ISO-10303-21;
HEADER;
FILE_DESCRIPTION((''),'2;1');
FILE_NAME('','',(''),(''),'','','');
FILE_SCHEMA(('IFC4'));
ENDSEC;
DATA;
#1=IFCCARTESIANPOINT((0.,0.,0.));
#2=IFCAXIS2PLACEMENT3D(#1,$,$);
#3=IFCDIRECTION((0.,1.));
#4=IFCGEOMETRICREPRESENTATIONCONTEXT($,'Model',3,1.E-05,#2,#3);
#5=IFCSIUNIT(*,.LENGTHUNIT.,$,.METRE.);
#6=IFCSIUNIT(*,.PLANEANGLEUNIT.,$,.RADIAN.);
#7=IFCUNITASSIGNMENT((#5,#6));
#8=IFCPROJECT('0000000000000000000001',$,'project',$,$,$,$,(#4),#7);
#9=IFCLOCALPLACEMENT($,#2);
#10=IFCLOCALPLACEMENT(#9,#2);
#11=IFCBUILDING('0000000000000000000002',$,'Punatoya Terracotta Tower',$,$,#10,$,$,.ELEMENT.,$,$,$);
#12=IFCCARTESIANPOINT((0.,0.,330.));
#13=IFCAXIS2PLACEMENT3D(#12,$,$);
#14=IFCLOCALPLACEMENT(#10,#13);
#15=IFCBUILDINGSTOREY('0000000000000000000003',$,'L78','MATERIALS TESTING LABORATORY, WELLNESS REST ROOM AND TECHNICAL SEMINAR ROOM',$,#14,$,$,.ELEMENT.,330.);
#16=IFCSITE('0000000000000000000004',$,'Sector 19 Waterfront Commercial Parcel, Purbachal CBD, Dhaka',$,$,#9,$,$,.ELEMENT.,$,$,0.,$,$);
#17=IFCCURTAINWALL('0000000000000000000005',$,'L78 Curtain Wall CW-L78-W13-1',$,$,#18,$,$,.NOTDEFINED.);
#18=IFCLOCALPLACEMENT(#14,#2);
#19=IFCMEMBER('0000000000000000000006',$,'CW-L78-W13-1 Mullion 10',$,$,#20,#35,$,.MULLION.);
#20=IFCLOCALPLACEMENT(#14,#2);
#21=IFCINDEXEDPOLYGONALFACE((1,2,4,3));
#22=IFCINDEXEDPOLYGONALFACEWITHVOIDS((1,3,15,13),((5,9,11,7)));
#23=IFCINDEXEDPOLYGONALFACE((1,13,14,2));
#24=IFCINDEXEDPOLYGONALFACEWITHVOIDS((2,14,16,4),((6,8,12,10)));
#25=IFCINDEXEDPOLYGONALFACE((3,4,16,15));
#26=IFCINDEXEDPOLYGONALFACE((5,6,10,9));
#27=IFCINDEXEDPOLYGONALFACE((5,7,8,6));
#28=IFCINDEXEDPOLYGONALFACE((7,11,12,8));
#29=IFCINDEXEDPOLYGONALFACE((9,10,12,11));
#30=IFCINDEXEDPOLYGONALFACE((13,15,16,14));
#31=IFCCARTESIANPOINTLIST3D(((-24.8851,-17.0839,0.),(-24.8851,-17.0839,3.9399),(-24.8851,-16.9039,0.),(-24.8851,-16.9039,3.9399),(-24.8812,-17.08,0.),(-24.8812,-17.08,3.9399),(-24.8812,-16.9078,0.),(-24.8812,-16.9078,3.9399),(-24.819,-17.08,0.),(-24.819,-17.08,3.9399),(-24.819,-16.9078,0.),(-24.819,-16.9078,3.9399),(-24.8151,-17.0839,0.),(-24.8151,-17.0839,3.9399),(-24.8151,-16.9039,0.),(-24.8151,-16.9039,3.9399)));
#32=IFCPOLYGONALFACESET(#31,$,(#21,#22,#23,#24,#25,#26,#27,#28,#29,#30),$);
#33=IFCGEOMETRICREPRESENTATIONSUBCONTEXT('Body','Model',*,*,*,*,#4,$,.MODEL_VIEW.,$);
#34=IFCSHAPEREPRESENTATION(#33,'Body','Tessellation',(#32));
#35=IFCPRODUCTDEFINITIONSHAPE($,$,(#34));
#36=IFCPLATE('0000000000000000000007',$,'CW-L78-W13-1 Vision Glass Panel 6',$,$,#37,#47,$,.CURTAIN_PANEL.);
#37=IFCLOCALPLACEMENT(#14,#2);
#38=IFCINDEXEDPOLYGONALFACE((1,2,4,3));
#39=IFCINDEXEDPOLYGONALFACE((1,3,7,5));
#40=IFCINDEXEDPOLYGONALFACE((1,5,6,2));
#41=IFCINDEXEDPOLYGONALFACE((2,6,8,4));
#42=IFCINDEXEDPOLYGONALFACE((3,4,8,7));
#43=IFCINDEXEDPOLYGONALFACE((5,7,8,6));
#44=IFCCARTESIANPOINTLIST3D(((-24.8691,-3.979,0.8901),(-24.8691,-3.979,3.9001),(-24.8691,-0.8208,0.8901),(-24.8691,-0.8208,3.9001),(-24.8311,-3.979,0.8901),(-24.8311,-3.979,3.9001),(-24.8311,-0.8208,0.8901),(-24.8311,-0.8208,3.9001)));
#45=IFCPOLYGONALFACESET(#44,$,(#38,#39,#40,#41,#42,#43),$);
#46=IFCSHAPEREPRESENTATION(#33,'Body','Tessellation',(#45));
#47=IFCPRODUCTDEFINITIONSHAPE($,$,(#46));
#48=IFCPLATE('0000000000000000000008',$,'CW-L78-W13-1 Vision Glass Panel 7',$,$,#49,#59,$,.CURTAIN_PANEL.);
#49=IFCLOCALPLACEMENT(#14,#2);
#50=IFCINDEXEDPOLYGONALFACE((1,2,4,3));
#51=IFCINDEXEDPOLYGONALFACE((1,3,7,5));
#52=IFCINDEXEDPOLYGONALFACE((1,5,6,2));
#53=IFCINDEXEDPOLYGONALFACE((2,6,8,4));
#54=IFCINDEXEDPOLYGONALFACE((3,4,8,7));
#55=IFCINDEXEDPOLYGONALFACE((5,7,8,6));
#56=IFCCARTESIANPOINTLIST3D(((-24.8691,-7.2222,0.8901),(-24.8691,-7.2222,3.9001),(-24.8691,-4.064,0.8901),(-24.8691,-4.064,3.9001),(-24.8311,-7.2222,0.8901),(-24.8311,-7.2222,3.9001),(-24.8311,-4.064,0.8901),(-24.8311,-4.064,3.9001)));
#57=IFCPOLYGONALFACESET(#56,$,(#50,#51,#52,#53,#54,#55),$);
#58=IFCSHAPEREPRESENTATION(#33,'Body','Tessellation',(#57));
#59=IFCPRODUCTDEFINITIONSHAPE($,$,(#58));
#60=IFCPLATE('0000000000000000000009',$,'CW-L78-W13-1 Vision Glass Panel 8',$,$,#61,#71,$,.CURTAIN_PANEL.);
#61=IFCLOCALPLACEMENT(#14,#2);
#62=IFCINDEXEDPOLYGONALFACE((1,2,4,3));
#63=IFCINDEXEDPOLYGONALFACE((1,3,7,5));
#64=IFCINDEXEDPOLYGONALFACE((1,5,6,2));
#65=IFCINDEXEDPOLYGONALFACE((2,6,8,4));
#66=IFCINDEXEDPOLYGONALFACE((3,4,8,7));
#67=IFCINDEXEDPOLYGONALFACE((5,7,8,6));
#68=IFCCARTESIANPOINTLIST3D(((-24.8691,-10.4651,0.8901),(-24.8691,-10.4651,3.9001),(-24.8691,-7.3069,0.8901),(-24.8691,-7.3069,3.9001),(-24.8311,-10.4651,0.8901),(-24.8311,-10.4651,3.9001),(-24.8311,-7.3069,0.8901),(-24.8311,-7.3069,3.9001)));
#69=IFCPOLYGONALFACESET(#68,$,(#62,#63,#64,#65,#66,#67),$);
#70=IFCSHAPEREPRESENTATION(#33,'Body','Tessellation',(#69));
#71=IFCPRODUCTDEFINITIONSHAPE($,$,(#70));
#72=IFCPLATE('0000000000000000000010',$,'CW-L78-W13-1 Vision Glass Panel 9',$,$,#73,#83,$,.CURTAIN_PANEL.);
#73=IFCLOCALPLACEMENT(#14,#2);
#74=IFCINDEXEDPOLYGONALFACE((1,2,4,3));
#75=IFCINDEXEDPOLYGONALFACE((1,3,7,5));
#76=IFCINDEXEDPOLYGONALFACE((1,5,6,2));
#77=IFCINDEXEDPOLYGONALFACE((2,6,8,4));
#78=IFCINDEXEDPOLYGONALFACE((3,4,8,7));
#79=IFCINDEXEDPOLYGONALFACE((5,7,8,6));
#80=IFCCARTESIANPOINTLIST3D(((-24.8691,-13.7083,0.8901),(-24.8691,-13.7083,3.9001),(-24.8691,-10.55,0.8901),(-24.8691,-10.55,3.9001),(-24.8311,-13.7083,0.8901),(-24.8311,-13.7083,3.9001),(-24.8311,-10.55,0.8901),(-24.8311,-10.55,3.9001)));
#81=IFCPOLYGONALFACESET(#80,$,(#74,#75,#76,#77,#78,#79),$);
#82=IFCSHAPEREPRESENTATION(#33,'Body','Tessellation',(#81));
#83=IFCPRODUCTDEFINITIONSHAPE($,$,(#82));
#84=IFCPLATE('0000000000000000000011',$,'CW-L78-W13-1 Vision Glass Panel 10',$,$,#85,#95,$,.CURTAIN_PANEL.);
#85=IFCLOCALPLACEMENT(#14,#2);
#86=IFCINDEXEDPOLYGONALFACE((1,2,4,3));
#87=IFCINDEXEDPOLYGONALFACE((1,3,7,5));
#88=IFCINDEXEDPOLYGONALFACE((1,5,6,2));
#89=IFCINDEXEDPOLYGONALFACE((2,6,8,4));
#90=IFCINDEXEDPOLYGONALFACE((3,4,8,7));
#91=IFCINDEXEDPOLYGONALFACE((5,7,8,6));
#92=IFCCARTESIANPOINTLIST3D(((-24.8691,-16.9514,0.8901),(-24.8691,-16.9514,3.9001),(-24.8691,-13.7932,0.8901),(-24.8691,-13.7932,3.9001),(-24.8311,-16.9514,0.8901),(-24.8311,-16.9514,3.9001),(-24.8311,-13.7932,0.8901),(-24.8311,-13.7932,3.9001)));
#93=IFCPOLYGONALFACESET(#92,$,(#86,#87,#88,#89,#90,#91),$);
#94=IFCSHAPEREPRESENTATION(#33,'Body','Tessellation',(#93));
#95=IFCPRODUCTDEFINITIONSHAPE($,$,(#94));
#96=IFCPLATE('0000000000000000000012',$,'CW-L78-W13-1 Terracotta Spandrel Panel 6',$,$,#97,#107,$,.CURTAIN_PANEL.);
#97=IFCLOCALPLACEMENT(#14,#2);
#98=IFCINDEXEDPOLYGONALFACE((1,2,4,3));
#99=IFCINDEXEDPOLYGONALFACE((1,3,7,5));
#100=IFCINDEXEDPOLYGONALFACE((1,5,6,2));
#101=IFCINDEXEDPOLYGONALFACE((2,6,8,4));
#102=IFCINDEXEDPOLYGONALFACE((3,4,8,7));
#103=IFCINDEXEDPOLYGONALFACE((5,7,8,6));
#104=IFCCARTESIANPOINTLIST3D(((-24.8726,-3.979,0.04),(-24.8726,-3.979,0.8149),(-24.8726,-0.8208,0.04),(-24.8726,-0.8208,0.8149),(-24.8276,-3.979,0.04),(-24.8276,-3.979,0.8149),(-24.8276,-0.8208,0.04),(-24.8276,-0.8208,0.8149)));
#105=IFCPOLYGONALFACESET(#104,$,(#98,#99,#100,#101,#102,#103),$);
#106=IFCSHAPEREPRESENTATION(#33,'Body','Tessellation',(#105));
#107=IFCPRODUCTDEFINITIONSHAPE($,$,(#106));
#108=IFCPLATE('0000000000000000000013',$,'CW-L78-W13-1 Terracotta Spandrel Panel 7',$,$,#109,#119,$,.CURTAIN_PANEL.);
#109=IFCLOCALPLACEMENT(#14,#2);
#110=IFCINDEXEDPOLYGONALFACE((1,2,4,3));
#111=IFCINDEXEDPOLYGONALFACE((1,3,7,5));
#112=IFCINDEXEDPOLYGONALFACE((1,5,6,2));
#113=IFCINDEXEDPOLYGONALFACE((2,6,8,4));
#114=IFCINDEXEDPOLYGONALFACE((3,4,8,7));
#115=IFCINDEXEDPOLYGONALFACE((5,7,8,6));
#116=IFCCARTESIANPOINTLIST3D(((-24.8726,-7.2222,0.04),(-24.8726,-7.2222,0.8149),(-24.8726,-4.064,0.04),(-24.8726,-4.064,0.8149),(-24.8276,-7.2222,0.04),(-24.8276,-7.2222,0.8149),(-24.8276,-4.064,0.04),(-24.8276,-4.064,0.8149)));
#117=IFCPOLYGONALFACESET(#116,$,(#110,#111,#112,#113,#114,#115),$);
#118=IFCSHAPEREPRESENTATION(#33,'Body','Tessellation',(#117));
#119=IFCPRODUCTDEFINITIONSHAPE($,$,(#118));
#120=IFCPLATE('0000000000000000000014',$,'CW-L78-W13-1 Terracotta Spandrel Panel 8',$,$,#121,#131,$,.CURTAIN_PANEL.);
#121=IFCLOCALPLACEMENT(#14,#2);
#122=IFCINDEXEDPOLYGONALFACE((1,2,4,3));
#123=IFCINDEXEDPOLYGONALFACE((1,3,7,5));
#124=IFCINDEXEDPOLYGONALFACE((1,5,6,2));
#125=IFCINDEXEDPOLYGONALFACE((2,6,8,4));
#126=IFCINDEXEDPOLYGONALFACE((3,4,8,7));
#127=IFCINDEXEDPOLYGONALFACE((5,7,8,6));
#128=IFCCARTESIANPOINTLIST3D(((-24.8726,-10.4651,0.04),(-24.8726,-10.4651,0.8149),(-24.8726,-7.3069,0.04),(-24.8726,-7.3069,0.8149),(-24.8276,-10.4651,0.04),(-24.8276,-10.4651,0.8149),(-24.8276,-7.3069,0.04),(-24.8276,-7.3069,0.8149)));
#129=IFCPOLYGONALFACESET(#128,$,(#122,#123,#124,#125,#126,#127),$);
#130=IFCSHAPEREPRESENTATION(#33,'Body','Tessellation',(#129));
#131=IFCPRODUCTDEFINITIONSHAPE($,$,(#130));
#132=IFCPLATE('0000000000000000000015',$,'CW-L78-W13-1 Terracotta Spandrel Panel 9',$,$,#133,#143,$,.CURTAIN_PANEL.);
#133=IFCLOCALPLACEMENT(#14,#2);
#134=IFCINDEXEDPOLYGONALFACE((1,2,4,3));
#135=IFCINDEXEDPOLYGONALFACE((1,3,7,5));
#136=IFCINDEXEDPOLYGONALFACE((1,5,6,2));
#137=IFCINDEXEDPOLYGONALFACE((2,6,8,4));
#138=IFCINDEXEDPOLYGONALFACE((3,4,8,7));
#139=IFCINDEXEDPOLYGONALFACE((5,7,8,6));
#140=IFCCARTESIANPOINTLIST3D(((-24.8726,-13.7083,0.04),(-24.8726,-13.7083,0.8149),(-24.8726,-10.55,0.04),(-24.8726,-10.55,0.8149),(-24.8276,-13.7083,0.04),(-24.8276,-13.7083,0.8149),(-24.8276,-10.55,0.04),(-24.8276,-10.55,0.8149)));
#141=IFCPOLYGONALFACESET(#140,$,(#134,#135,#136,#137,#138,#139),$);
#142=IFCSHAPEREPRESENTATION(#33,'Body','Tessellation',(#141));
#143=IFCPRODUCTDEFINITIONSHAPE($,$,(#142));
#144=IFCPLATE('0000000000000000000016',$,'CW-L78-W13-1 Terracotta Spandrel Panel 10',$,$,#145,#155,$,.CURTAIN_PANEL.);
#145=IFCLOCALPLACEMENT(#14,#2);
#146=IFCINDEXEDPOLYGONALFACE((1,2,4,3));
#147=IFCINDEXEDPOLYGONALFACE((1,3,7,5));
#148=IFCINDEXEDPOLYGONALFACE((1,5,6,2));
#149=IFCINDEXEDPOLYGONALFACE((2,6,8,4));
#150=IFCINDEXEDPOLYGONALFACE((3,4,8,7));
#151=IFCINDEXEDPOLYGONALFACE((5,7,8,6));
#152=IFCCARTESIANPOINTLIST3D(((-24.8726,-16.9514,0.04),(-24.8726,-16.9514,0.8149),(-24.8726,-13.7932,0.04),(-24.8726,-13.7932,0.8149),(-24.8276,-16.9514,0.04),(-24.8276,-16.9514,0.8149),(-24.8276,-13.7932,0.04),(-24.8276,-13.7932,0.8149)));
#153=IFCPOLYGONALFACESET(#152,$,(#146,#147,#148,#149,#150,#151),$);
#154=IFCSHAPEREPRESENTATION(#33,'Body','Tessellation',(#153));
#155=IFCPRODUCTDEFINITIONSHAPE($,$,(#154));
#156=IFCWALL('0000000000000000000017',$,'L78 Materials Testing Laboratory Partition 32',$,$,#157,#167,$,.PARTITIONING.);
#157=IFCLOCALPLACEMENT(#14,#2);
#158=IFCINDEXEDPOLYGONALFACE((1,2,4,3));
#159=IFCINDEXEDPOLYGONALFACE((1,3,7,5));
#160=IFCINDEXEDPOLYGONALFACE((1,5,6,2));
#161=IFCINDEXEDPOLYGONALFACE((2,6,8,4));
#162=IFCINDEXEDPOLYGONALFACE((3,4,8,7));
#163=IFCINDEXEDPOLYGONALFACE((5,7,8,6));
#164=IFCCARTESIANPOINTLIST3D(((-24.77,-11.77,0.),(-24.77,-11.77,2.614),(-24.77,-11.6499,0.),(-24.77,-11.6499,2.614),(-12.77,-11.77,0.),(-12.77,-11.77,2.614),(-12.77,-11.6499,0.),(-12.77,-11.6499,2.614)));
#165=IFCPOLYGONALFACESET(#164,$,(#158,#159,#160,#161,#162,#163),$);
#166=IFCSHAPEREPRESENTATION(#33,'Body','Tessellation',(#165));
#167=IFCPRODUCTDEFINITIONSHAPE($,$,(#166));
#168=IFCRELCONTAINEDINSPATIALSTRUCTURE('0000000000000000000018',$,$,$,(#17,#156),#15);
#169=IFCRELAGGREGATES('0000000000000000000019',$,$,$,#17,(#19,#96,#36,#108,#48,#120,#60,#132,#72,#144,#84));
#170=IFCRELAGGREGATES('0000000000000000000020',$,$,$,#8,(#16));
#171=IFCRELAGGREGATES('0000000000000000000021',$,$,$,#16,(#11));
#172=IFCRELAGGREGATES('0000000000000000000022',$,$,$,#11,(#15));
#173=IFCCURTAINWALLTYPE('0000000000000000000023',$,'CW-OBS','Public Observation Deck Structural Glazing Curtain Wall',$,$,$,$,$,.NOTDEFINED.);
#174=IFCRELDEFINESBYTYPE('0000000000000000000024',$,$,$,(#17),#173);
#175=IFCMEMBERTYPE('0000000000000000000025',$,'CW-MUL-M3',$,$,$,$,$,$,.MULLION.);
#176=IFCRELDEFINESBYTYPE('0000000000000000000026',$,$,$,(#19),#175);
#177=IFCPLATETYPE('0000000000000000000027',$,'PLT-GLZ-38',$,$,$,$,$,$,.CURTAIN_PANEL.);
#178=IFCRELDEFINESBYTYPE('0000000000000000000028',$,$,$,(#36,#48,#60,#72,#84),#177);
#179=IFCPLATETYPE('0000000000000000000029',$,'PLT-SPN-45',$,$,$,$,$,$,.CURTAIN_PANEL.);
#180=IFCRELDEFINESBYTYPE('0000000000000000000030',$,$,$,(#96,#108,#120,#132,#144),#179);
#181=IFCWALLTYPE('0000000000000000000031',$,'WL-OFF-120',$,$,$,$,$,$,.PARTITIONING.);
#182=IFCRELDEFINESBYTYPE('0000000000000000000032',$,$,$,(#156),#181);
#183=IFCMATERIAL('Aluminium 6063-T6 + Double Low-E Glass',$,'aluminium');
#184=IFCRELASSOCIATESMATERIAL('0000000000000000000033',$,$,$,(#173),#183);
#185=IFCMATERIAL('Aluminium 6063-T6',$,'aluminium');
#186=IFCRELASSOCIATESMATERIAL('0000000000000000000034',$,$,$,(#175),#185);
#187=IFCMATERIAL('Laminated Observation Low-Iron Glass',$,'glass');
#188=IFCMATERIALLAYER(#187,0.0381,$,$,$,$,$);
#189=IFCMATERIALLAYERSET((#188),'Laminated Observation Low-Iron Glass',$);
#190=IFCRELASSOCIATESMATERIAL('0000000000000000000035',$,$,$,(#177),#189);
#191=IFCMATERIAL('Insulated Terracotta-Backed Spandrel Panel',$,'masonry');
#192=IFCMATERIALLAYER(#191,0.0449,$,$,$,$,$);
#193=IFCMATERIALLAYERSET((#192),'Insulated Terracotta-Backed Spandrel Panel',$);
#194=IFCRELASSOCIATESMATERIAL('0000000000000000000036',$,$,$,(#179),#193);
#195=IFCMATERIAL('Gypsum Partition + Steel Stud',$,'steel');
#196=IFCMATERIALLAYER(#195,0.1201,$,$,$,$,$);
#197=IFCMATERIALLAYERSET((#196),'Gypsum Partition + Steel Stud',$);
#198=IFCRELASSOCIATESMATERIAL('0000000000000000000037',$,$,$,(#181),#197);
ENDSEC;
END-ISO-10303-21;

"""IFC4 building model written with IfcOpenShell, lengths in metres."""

from ifc_helpers import new_model, si_unit, direction, frame, frame_2d, origin, origin_2d, place, context, subcontext, project, spatial, rectangle, hollow_rectangle, extrude, material, layer, layer_set, material_profile, profile_set, type_object, element, aggregate, save


model = new_model("IFC4")

# Units and contexts
model_context = context("Model", 3, precision=1e-05, world=origin(), true_north=direction((0.0, 1.0)))
body_context = subcontext(model_context, "Body", "Model", "MODEL_VIEW")
ifc_project = project(units=[si_unit("LENGTHUNIT", "METRE"), si_unit("PLANEANGLEUNIT", "RADIAN")], contexts=[model_context])

# Site, building, storey
site_placement = place(None, origin())
site = spatial("IfcSite", under=ifc_project, at=site_placement, Name="Sector 19 Waterfront Commercial Parcel, Purbachal CBD, Dhaka", CompositionType="ELEMENT", RefElevation=0.0)
building_placement = place(site_placement, origin())
building = spatial("IfcBuilding", under=site, at=building_placement, Name="Punatoya Terracotta Tower", CompositionType="ELEMENT")
storey_placement = place(building_placement, frame((0.0, 0.0, 330.0)))
storey = spatial("IfcBuildingStorey", under=building, at=storey_placement, Name="L78", Description="MATERIALS TESTING LABORATORY, WELLNESS REST ROOM AND TECHNICAL SEMINAR ROOM", CompositionType="ELEMENT", Elevation=330.0)

# Curtain wall, member, plates
ifc_material_1 = material(Name="Aluminium 6063-T6 + Double Low-E Glass", Category="aluminium")
curtain_wall_type = type_object("IfcCurtainWallType", Name="CW-OBS", Description="Public Observation Deck Structural Glazing Curtain Wall", PredefinedType="NOTDEFINED", material=ifc_material_1)
curtain_wall_placement = place(storey_placement, origin())
curtain_wall = element("IfcCurtainWall", 1, at=curtain_wall_placement, inside=storey, type_object=curtain_wall_type, Name="L78 Curtain Wall CW-L78-W13-1", PredefinedType="NOTDEFINED")
ifc_material_2 = material(Name="Aluminium 6063-T6", Category="aluminium")
ifc_material_profile_1 = material_profile(ifc_material_2, hollow_rectangle(XDim=0.0701, YDim=0.1799, WallThickness=0.0039, at=origin_2d()))
ifc_profile_set_1 = profile_set([ifc_material_profile_1], Name="Aluminium 6063-T6")
member_type = type_object("IfcMemberType", Name="CW-MUL-M3", PredefinedType="MULLION", material=ifc_profile_set_1)
member_1_placement = place(storey_placement, frame((-24.8501, -16.9939, 0.0), z_axis=(0.0, 0.0, 1.0), x_axis=(1.0, 0.0, 0.0)))
member_1 = element("IfcMember", 2, at=member_1_placement, type_object=member_type, Name="CW-L78-W13-1 Mullion 10", PredefinedType="MULLION", context=body_context, shape_type="SweptSolid", body=[
    extrude(hollow_rectangle(XDim=0.0701, YDim=0.1799, WallThickness=0.0039, at=origin_2d()), origin(), (0.0, 0.0, 1.0), 3.9399),
])
ifc_material_3 = material(Name="Laminated Observation Low-Iron Glass", Category="glass")
ifc_layer_1 = layer(ifc_material_3, 0.0381)
ifc_layer_set_1 = layer_set([ifc_layer_1], Name="Laminated Observation Low-Iron Glass")
plate_type_1 = type_object("IfcPlateType", Name="PLT-GLZ-38", PredefinedType="CURTAIN_PANEL", material=ifc_layer_set_1)
plate_1_placement = place(storey_placement, frame((-24.8501, -2.3999, 0.8901), z_axis=(0.0, 0.0, 1.0), x_axis=(0.0, -1.0, 0.0)))
plate_1 = element("IfcPlate", 3, at=plate_1_placement, type_object=plate_type_1, Name="CW-L78-W13-1 Vision Glass Panel 6", PredefinedType="CURTAIN_PANEL", context=body_context, shape_type="SweptSolid", body=[
    extrude(rectangle(XDim=3.1582, YDim=0.0381, at=origin_2d()), origin(), (0.0, 0.0, 1.0), 3.01),
])
plate_2_placement = place(storey_placement, frame((-24.8501, -5.6431, 0.8901), z_axis=(0.0, 0.0, 1.0), x_axis=(0.0, -1.0, 0.0)))
plate_2 = element("IfcPlate", 4, at=plate_2_placement, type_object=plate_type_1, Name="CW-L78-W13-1 Vision Glass Panel 7", PredefinedType="CURTAIN_PANEL", context=body_context, shape_type="SweptSolid", body=[
    extrude(rectangle(XDim=3.1582, YDim=0.0381, at=origin_2d()), origin(), (0.0, 0.0, 1.0), 3.01),
])
plate_3_placement = place(storey_placement, frame((-24.8501, -8.886, 0.8901), z_axis=(0.0, 0.0, 1.0), x_axis=(0.0, -1.0, 0.0)))
plate_3 = element("IfcPlate", 5, at=plate_3_placement, type_object=plate_type_1, Name="CW-L78-W13-1 Vision Glass Panel 8", PredefinedType="CURTAIN_PANEL", context=body_context, shape_type="SweptSolid", body=[
    extrude(rectangle(XDim=3.1582, YDim=0.0381, at=origin_2d()), origin(), (0.0, 0.0, 1.0), 3.01),
])
plate_4_placement = place(storey_placement, frame((-24.8501, -12.1292, 0.8901), z_axis=(0.0, 0.0, 1.0), x_axis=(0.0, -1.0, 0.0)))
plate_4 = element("IfcPlate", 6, at=plate_4_placement, type_object=plate_type_1, Name="CW-L78-W13-1 Vision Glass Panel 9", PredefinedType="CURTAIN_PANEL", context=body_context, shape_type="SweptSolid", body=[
    extrude(rectangle(XDim=3.1582, YDim=0.0381, at=origin_2d()), origin(), (0.0, 0.0, 1.0), 3.01),
])
plate_5_placement = place(storey_placement, frame((-24.8501, -15.3723, 0.8901), z_axis=(0.0, 0.0, 1.0), x_axis=(0.0, -1.0, 0.0)))
plate_5 = element("IfcPlate", 7, at=plate_5_placement, type_object=plate_type_1, Name="CW-L78-W13-1 Vision Glass Panel 10", PredefinedType="CURTAIN_PANEL", context=body_context, shape_type="SweptSolid", body=[
    extrude(rectangle(XDim=3.1582, YDim=0.0381, at=origin_2d()), origin(), (0.0, 0.0, 1.0), 3.01),
])
ifc_material_4 = material(Name="Insulated Terracotta-Backed Spandrel Panel", Category="masonry")
ifc_layer_2 = layer(ifc_material_4, 0.0449)
ifc_layer_set_2 = layer_set([ifc_layer_2], Name="Insulated Terracotta-Backed Spandrel Panel")
plate_type_2 = type_object("IfcPlateType", Name="PLT-SPN-45", PredefinedType="CURTAIN_PANEL", material=ifc_layer_set_2)
plate_6_placement = place(storey_placement, frame((-24.8501, -2.3999, 0.04), z_axis=(0.0, 0.0, 1.0), x_axis=(0.0, -1.0, 0.0)))
plate_6 = element("IfcPlate", 8, at=plate_6_placement, type_object=plate_type_2, Name="CW-L78-W13-1 Terracotta Spandrel Panel 6", PredefinedType="CURTAIN_PANEL", context=body_context, shape_type="SweptSolid", body=[
    extrude(rectangle(XDim=3.1582, YDim=0.0449, at=origin_2d()), origin(), (0.0, 0.0, 1.0), 0.7749),
])
plate_7_placement = place(storey_placement, frame((-24.8501, -5.6431, 0.04), z_axis=(0.0, 0.0, 1.0), x_axis=(0.0, -1.0, 0.0)))
plate_7 = element("IfcPlate", 9, at=plate_7_placement, type_object=plate_type_2, Name="CW-L78-W13-1 Terracotta Spandrel Panel 7", PredefinedType="CURTAIN_PANEL", context=body_context, shape_type="SweptSolid", body=[
    extrude(rectangle(XDim=3.1582, YDim=0.0449, at=origin_2d()), origin(), (0.0, 0.0, 1.0), 0.7749),
])
plate_8_placement = place(storey_placement, frame((-24.8501, -8.886, 0.04), z_axis=(0.0, 0.0, 1.0), x_axis=(0.0, -1.0, 0.0)))
plate_8 = element("IfcPlate", 10, at=plate_8_placement, type_object=plate_type_2, Name="CW-L78-W13-1 Terracotta Spandrel Panel 8", PredefinedType="CURTAIN_PANEL", context=body_context, shape_type="SweptSolid", body=[
    extrude(rectangle(XDim=3.1582, YDim=0.0449, at=origin_2d()), origin(), (0.0, 0.0, 1.0), 0.7749),
])
plate_9_placement = place(storey_placement, frame((-24.8501, -12.1292, 0.04), z_axis=(0.0, 0.0, 1.0), x_axis=(0.0, -1.0, 0.0)))
plate_9 = element("IfcPlate", 11, at=plate_9_placement, type_object=plate_type_2, Name="CW-L78-W13-1 Terracotta Spandrel Panel 9", PredefinedType="CURTAIN_PANEL", context=body_context, shape_type="SweptSolid", body=[
    extrude(rectangle(XDim=3.1582, YDim=0.0449, at=origin_2d()), origin(), (0.0, 0.0, 1.0), 0.7749),
])
plate_10_placement = place(storey_placement, frame((-24.8501, -15.3723, 0.04), z_axis=(0.0, 0.0, 1.0), x_axis=(0.0, -1.0, 0.0)))
plate_10 = element("IfcPlate", 12, at=plate_10_placement, type_object=plate_type_2, Name="CW-L78-W13-1 Terracotta Spandrel Panel 10", PredefinedType="CURTAIN_PANEL", context=body_context, shape_type="SweptSolid", body=[
    extrude(rectangle(XDim=3.1582, YDim=0.0449, at=origin_2d()), origin(), (0.0, 0.0, 1.0), 0.7749),
])
aggregate(curtain_wall, [member_1, plate_6, plate_1, plate_7, plate_2, plate_8, plate_3, plate_9, plate_4, plate_10, plate_5])

# Wall
ifc_material_5 = material(Name="Gypsum Partition + Steel Stud", Category="steel")
ifc_layer_3 = layer(ifc_material_5, 0.1201)
ifc_layer_set_3 = layer_set([ifc_layer_3], Name="Gypsum Partition + Steel Stud")
wall_type = type_object("IfcWallType", Name="WL-OFF-120", PredefinedType="PARTITIONING", material=ifc_layer_set_3)
wall_placement = place(storey_placement, frame((-24.77, -11.71, 0.0), z_axis=(0.0, 0.0, 1.0), x_axis=(1.0, 0.0, 0.0)))
element("IfcWall", 13, at=wall_placement, inside=storey, type_object=wall_type, Name="L78 Materials Testing Laboratory Partition 32", PredefinedType="PARTITIONING", context=body_context, shape_type="SweptSolid", body=[
    extrude(rectangle(XDim=12.0, YDim=0.1201, at=frame_2d((6.0, 0.0))), origin(), (0.0, 0.0, 1.0), 2.614),
])

save(model, "model.ifc")
